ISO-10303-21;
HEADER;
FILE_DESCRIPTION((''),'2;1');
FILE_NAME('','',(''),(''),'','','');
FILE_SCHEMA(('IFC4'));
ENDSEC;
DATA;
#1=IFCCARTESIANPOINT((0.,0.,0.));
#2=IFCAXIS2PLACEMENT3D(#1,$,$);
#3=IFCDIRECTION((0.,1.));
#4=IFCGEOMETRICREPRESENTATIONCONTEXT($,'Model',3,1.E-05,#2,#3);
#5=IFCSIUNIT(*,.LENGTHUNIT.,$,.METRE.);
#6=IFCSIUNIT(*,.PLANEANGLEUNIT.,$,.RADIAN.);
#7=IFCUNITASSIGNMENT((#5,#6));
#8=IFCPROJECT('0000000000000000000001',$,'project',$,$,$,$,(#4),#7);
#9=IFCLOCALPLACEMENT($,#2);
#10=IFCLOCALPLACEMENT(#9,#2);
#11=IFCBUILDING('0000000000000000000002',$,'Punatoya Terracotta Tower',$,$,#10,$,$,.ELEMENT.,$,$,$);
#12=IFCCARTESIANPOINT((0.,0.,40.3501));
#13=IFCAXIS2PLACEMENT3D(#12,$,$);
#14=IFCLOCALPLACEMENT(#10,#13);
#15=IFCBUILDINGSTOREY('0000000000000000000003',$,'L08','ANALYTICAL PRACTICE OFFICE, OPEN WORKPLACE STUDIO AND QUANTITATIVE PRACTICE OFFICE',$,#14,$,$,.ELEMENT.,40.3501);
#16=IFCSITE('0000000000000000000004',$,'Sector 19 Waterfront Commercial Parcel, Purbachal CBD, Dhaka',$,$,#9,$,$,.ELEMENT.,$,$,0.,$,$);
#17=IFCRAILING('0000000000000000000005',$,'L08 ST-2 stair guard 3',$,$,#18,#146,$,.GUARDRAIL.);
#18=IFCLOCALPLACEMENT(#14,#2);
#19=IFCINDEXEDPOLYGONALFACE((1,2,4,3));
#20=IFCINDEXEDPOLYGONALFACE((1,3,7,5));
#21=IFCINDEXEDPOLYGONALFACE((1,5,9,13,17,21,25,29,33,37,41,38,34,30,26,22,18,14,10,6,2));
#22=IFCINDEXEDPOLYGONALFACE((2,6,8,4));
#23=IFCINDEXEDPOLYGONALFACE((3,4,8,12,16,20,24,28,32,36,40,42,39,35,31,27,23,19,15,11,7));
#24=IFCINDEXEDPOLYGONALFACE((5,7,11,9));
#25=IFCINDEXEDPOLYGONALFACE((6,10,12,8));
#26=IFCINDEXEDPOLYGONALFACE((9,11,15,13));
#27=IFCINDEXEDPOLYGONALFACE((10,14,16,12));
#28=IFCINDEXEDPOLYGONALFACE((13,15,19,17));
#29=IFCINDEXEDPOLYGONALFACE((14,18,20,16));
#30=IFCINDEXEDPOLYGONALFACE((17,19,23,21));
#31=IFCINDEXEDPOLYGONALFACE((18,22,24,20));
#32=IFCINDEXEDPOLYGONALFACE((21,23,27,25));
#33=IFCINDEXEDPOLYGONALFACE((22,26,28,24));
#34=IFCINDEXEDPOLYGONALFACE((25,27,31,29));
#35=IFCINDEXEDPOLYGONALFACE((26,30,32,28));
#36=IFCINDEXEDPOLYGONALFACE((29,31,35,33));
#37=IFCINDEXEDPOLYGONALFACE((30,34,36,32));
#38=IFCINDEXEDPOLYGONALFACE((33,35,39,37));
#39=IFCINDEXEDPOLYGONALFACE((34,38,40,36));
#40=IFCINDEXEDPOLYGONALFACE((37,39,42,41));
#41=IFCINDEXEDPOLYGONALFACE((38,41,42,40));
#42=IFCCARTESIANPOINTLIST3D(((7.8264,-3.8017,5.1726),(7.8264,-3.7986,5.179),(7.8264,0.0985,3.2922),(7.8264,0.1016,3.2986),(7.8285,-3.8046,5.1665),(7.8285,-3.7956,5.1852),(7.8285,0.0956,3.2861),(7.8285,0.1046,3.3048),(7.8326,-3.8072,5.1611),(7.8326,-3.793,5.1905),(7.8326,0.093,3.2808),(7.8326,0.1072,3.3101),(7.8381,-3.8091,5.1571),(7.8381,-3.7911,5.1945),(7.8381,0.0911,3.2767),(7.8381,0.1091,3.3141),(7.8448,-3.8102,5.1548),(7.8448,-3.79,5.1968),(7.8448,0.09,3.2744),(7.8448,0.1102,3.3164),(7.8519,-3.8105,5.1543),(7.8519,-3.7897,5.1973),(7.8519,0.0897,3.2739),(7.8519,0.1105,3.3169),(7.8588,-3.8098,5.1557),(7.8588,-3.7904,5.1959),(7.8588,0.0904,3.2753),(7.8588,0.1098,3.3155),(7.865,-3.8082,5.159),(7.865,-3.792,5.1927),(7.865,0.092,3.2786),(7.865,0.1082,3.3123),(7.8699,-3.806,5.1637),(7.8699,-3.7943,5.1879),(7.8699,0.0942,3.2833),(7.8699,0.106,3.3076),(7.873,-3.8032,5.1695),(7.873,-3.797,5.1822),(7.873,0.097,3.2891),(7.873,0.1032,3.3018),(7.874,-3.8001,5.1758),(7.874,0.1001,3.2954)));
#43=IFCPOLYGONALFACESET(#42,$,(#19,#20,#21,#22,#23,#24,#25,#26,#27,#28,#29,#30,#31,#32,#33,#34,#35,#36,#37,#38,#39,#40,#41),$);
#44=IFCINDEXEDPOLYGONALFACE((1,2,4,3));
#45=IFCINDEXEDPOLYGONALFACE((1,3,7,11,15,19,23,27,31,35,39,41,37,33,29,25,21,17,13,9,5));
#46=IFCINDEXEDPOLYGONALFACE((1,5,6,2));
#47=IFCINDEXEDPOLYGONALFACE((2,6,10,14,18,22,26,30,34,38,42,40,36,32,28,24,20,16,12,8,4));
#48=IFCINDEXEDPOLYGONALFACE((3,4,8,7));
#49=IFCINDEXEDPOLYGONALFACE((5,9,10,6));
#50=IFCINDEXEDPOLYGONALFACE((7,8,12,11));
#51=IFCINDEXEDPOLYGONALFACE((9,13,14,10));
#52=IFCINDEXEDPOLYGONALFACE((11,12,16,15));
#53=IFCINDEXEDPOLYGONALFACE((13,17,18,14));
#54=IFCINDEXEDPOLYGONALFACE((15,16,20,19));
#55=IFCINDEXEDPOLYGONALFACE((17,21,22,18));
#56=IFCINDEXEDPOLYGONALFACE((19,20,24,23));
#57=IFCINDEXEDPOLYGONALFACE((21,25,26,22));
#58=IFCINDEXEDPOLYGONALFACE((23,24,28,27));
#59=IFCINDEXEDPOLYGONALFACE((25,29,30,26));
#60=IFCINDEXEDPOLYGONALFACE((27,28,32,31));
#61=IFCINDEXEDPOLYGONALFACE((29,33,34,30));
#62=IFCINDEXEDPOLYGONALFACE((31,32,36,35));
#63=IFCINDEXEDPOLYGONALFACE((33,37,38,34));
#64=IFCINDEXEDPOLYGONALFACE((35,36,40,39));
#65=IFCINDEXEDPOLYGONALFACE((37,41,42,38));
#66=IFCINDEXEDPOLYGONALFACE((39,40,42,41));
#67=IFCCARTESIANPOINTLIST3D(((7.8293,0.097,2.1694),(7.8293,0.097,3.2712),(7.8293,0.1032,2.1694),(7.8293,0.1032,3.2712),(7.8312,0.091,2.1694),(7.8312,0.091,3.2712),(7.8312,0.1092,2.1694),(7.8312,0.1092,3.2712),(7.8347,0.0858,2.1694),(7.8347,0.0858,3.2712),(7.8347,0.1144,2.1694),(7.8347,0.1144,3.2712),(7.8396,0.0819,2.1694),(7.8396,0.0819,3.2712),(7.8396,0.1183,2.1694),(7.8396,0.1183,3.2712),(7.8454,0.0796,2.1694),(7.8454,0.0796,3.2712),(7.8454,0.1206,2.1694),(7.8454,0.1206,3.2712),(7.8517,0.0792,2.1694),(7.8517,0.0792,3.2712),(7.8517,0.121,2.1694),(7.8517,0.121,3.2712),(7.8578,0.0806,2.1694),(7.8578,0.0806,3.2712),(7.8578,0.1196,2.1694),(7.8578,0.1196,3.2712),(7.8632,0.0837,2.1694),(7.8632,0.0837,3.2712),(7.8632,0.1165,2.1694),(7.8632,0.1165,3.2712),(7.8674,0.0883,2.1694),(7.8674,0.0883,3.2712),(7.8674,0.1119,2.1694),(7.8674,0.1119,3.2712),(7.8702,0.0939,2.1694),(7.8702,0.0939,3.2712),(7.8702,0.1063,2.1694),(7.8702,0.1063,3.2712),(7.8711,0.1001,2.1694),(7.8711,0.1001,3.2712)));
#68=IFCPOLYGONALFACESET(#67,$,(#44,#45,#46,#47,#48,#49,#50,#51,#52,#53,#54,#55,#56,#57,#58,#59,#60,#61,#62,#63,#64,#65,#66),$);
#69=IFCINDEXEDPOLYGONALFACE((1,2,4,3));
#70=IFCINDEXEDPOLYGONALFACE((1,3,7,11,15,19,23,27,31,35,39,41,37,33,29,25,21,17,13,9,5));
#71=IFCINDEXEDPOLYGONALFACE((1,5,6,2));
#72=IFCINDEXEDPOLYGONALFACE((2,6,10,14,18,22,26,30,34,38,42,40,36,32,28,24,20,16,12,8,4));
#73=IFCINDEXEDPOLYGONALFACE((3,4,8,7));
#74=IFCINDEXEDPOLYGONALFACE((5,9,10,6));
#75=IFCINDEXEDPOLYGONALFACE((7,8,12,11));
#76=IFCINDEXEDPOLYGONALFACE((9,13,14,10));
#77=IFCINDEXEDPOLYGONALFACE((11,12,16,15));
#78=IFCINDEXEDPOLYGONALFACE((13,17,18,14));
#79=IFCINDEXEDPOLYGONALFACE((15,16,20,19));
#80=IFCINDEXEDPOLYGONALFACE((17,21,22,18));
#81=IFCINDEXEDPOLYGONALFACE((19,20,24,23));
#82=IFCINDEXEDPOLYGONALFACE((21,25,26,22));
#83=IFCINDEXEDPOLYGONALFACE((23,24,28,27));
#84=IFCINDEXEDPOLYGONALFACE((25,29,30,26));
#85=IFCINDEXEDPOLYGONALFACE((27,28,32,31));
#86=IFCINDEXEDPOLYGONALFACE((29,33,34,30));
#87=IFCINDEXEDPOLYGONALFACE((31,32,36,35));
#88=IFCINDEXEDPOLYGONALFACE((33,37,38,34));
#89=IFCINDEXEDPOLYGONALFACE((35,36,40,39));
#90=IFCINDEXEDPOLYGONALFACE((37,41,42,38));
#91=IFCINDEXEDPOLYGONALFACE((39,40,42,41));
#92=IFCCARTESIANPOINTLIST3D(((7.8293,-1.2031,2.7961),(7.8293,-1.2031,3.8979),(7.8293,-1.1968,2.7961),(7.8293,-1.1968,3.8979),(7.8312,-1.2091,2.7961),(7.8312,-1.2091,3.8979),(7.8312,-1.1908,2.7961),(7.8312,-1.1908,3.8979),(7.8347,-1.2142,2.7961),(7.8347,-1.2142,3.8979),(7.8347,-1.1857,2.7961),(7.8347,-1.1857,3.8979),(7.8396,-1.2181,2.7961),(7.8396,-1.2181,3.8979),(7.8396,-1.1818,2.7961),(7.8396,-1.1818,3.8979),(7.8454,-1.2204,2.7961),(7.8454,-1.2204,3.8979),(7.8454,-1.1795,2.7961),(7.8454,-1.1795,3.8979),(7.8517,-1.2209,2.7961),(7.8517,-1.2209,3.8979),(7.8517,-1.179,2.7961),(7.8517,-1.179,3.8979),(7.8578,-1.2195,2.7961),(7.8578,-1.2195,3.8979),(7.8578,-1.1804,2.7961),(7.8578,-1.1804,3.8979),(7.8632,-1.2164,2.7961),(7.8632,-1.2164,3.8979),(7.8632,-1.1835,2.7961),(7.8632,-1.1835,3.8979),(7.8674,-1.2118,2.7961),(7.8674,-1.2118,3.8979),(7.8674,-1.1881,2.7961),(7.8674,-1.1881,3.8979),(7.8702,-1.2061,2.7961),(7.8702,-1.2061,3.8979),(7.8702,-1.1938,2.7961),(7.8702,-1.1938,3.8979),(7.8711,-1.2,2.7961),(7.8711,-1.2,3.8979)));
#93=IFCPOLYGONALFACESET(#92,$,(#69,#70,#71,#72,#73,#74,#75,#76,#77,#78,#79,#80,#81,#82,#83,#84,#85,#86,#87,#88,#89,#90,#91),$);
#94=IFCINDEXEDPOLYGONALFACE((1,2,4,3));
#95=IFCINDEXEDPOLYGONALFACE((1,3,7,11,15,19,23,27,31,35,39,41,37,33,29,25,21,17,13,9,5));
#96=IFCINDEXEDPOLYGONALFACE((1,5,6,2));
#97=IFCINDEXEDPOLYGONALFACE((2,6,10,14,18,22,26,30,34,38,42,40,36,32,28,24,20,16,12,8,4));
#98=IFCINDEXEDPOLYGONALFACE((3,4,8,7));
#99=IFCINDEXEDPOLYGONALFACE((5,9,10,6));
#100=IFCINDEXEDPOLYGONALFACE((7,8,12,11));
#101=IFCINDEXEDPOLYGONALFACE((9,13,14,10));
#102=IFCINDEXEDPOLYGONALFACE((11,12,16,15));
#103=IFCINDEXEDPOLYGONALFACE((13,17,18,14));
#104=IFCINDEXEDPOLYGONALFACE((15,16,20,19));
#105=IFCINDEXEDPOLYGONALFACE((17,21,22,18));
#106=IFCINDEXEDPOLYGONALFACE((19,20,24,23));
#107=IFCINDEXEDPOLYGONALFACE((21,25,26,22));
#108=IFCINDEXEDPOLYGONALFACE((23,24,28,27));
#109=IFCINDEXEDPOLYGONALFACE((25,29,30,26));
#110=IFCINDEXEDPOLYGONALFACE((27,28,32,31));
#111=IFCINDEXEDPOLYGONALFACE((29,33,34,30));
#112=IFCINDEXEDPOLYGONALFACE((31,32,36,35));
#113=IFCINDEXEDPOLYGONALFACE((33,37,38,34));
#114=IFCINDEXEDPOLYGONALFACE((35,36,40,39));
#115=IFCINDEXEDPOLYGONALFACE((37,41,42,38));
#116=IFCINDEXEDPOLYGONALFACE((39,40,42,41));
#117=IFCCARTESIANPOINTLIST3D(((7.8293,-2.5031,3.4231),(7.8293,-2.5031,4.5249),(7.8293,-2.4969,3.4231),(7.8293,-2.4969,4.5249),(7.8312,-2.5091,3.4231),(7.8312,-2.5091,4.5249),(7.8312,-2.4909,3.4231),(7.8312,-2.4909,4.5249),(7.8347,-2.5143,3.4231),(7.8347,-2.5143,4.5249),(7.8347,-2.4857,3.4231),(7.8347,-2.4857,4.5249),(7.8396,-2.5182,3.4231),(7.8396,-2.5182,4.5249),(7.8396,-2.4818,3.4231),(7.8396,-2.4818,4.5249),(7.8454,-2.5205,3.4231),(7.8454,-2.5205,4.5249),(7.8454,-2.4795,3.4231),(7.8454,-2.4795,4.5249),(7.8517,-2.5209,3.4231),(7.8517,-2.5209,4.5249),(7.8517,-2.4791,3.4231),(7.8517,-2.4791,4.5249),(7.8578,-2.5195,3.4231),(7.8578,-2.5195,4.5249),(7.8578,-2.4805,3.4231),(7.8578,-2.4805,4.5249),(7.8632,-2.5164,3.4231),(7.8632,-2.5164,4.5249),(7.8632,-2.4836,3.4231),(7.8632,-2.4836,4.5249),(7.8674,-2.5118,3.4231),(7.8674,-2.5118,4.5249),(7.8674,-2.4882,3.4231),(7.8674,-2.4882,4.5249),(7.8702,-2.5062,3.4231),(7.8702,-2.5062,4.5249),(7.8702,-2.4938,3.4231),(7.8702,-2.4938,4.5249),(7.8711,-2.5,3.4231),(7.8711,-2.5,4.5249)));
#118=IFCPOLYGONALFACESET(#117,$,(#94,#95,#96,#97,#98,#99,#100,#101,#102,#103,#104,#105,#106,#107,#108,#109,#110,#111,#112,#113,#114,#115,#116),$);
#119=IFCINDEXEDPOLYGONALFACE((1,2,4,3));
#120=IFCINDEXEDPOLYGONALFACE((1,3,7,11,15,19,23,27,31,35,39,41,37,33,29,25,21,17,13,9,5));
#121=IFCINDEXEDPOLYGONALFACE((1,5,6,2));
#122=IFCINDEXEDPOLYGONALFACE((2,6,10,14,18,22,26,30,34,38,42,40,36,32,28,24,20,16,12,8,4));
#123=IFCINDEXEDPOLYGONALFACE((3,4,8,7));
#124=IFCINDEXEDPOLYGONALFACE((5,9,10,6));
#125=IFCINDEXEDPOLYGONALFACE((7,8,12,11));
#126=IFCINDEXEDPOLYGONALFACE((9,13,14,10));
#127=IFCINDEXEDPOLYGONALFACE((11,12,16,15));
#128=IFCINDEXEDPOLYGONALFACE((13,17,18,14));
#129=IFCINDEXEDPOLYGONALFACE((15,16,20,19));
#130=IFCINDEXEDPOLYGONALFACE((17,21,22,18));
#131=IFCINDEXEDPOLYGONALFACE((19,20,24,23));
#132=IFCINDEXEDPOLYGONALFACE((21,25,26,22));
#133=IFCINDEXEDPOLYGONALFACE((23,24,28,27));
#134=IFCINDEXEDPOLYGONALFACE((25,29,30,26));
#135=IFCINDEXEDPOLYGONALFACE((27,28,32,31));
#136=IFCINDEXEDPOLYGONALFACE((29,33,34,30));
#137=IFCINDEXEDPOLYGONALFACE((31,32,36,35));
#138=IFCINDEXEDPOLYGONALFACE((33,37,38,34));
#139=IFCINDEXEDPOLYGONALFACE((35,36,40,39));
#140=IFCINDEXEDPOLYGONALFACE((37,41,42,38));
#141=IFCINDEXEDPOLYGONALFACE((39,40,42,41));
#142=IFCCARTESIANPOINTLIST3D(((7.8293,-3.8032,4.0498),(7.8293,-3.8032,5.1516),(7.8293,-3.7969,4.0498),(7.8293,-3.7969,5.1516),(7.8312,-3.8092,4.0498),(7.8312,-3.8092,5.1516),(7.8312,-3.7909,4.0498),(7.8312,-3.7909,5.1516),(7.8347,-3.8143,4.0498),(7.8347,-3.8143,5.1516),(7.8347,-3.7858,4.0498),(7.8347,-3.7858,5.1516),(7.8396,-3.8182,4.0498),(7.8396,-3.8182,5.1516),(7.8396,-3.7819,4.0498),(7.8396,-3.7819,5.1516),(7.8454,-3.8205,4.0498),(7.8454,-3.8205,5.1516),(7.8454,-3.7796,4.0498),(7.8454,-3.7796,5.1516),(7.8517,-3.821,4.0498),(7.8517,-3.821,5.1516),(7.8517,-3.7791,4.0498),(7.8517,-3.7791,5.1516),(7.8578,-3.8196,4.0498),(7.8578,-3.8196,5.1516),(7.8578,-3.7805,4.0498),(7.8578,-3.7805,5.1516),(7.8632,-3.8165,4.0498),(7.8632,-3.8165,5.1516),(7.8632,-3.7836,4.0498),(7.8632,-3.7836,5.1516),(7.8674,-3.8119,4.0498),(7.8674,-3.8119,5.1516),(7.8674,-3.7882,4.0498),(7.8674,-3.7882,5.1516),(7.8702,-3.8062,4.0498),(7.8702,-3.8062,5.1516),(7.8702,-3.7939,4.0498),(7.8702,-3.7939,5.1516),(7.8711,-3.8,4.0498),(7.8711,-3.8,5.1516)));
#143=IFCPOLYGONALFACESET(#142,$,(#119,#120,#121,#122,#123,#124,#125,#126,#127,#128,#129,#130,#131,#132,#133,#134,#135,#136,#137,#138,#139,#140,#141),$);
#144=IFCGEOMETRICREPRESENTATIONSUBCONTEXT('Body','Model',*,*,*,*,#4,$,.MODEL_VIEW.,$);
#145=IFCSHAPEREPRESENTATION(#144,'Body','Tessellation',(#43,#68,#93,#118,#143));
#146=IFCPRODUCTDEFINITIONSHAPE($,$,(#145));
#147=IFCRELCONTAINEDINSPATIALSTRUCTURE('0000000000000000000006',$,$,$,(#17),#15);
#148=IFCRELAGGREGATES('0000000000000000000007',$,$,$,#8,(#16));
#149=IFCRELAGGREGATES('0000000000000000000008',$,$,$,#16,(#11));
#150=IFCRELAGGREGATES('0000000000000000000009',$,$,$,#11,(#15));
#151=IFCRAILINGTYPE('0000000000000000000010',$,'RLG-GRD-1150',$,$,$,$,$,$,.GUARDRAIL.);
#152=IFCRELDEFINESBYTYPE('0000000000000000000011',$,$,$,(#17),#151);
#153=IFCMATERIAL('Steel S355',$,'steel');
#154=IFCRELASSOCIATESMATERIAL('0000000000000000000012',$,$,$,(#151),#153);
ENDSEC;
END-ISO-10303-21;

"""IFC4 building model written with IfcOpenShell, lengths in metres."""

from ifc_helpers import new_model, si_unit, direction, frame, origin, origin_2d, place, context, subcontext, project, spatial, circle, extrude, material, type_object, element, save


model = new_model("IFC4")

# Units and contexts
model_context = context("Model", 3, precision=1e-05, world=origin(), true_north=direction((0.0, 1.0)))
body_context = subcontext(model_context, "Body", "Model", "MODEL_VIEW")
ifc_project = project(units=[si_unit("LENGTHUNIT", "METRE"), si_unit("PLANEANGLEUNIT", "RADIAN")], contexts=[model_context])

# Site, building, storey
site_placement = place(None, origin())
site = spatial("IfcSite", under=ifc_project, at=site_placement, Name="Sector 19 Waterfront Commercial Parcel, Purbachal CBD, Dhaka", CompositionType="ELEMENT", RefElevation=0.0)
building_placement = place(site_placement, origin())
building = spatial("IfcBuilding", under=site, at=building_placement, Name="Punatoya Terracotta Tower", CompositionType="ELEMENT")
storey_placement = place(building_placement, frame((0.0, 0.0, 40.3501)))
storey = spatial("IfcBuildingStorey", under=building, at=storey_placement, Name="L08", Description="ANALYTICAL PRACTICE OFFICE, OPEN WORKPLACE STUDIO AND QUANTITATIVE PRACTICE OFFICE", CompositionType="ELEMENT", Elevation=40.3501)

# Shared definitions
ifc_material_1 = material(Name="Steel S355", Category="steel")

# Railing
railing_type_1 = type_object("IfcRailingType", Name="RLG-GRD-1150", PredefinedType="GUARDRAIL", material=ifc_material_1)
railing_1_placement = place(storey_placement, frame((7.8501, 0.1001, 2.1694)))
element("IfcRailing", 1, at=railing_1_placement, inside=storey, type_object=railing_type_1, Name="L08 ST-2 stair guard 3", PredefinedType="GUARDRAIL", context=body_context, shape_type="SweptSolid", body=[
    extrude(circle(Radius=0.0239, at=origin_2d()), frame((0.0, 0.0, 1.126), z_axis=(0.0, -0.900774, 0.434289), x_axis=(1.0, 0.0, 0.0)), (0.0, 0.0, 1.0), 4.3298),
    extrude(circle(Radius=0.021, at=origin_2d()), origin(), (0.0, 0.0, 1.0), 1.1018),
    extrude(circle(Radius=0.021, at=origin_2d()), frame((0.0, -1.3, 0.6267)), (0.0, 0.0, 1.0), 1.1018),
    extrude(circle(Radius=0.021, at=origin_2d()), frame((0.0, -2.6001, 1.2537)), (0.0, 0.0, 1.0), 1.1018),
    extrude(circle(Radius=0.021, at=origin_2d()), frame((0.0, -3.9001, 1.8804)), (0.0, 0.0, 1.0), 1.1018),
])

save(model, "model.ifc")
